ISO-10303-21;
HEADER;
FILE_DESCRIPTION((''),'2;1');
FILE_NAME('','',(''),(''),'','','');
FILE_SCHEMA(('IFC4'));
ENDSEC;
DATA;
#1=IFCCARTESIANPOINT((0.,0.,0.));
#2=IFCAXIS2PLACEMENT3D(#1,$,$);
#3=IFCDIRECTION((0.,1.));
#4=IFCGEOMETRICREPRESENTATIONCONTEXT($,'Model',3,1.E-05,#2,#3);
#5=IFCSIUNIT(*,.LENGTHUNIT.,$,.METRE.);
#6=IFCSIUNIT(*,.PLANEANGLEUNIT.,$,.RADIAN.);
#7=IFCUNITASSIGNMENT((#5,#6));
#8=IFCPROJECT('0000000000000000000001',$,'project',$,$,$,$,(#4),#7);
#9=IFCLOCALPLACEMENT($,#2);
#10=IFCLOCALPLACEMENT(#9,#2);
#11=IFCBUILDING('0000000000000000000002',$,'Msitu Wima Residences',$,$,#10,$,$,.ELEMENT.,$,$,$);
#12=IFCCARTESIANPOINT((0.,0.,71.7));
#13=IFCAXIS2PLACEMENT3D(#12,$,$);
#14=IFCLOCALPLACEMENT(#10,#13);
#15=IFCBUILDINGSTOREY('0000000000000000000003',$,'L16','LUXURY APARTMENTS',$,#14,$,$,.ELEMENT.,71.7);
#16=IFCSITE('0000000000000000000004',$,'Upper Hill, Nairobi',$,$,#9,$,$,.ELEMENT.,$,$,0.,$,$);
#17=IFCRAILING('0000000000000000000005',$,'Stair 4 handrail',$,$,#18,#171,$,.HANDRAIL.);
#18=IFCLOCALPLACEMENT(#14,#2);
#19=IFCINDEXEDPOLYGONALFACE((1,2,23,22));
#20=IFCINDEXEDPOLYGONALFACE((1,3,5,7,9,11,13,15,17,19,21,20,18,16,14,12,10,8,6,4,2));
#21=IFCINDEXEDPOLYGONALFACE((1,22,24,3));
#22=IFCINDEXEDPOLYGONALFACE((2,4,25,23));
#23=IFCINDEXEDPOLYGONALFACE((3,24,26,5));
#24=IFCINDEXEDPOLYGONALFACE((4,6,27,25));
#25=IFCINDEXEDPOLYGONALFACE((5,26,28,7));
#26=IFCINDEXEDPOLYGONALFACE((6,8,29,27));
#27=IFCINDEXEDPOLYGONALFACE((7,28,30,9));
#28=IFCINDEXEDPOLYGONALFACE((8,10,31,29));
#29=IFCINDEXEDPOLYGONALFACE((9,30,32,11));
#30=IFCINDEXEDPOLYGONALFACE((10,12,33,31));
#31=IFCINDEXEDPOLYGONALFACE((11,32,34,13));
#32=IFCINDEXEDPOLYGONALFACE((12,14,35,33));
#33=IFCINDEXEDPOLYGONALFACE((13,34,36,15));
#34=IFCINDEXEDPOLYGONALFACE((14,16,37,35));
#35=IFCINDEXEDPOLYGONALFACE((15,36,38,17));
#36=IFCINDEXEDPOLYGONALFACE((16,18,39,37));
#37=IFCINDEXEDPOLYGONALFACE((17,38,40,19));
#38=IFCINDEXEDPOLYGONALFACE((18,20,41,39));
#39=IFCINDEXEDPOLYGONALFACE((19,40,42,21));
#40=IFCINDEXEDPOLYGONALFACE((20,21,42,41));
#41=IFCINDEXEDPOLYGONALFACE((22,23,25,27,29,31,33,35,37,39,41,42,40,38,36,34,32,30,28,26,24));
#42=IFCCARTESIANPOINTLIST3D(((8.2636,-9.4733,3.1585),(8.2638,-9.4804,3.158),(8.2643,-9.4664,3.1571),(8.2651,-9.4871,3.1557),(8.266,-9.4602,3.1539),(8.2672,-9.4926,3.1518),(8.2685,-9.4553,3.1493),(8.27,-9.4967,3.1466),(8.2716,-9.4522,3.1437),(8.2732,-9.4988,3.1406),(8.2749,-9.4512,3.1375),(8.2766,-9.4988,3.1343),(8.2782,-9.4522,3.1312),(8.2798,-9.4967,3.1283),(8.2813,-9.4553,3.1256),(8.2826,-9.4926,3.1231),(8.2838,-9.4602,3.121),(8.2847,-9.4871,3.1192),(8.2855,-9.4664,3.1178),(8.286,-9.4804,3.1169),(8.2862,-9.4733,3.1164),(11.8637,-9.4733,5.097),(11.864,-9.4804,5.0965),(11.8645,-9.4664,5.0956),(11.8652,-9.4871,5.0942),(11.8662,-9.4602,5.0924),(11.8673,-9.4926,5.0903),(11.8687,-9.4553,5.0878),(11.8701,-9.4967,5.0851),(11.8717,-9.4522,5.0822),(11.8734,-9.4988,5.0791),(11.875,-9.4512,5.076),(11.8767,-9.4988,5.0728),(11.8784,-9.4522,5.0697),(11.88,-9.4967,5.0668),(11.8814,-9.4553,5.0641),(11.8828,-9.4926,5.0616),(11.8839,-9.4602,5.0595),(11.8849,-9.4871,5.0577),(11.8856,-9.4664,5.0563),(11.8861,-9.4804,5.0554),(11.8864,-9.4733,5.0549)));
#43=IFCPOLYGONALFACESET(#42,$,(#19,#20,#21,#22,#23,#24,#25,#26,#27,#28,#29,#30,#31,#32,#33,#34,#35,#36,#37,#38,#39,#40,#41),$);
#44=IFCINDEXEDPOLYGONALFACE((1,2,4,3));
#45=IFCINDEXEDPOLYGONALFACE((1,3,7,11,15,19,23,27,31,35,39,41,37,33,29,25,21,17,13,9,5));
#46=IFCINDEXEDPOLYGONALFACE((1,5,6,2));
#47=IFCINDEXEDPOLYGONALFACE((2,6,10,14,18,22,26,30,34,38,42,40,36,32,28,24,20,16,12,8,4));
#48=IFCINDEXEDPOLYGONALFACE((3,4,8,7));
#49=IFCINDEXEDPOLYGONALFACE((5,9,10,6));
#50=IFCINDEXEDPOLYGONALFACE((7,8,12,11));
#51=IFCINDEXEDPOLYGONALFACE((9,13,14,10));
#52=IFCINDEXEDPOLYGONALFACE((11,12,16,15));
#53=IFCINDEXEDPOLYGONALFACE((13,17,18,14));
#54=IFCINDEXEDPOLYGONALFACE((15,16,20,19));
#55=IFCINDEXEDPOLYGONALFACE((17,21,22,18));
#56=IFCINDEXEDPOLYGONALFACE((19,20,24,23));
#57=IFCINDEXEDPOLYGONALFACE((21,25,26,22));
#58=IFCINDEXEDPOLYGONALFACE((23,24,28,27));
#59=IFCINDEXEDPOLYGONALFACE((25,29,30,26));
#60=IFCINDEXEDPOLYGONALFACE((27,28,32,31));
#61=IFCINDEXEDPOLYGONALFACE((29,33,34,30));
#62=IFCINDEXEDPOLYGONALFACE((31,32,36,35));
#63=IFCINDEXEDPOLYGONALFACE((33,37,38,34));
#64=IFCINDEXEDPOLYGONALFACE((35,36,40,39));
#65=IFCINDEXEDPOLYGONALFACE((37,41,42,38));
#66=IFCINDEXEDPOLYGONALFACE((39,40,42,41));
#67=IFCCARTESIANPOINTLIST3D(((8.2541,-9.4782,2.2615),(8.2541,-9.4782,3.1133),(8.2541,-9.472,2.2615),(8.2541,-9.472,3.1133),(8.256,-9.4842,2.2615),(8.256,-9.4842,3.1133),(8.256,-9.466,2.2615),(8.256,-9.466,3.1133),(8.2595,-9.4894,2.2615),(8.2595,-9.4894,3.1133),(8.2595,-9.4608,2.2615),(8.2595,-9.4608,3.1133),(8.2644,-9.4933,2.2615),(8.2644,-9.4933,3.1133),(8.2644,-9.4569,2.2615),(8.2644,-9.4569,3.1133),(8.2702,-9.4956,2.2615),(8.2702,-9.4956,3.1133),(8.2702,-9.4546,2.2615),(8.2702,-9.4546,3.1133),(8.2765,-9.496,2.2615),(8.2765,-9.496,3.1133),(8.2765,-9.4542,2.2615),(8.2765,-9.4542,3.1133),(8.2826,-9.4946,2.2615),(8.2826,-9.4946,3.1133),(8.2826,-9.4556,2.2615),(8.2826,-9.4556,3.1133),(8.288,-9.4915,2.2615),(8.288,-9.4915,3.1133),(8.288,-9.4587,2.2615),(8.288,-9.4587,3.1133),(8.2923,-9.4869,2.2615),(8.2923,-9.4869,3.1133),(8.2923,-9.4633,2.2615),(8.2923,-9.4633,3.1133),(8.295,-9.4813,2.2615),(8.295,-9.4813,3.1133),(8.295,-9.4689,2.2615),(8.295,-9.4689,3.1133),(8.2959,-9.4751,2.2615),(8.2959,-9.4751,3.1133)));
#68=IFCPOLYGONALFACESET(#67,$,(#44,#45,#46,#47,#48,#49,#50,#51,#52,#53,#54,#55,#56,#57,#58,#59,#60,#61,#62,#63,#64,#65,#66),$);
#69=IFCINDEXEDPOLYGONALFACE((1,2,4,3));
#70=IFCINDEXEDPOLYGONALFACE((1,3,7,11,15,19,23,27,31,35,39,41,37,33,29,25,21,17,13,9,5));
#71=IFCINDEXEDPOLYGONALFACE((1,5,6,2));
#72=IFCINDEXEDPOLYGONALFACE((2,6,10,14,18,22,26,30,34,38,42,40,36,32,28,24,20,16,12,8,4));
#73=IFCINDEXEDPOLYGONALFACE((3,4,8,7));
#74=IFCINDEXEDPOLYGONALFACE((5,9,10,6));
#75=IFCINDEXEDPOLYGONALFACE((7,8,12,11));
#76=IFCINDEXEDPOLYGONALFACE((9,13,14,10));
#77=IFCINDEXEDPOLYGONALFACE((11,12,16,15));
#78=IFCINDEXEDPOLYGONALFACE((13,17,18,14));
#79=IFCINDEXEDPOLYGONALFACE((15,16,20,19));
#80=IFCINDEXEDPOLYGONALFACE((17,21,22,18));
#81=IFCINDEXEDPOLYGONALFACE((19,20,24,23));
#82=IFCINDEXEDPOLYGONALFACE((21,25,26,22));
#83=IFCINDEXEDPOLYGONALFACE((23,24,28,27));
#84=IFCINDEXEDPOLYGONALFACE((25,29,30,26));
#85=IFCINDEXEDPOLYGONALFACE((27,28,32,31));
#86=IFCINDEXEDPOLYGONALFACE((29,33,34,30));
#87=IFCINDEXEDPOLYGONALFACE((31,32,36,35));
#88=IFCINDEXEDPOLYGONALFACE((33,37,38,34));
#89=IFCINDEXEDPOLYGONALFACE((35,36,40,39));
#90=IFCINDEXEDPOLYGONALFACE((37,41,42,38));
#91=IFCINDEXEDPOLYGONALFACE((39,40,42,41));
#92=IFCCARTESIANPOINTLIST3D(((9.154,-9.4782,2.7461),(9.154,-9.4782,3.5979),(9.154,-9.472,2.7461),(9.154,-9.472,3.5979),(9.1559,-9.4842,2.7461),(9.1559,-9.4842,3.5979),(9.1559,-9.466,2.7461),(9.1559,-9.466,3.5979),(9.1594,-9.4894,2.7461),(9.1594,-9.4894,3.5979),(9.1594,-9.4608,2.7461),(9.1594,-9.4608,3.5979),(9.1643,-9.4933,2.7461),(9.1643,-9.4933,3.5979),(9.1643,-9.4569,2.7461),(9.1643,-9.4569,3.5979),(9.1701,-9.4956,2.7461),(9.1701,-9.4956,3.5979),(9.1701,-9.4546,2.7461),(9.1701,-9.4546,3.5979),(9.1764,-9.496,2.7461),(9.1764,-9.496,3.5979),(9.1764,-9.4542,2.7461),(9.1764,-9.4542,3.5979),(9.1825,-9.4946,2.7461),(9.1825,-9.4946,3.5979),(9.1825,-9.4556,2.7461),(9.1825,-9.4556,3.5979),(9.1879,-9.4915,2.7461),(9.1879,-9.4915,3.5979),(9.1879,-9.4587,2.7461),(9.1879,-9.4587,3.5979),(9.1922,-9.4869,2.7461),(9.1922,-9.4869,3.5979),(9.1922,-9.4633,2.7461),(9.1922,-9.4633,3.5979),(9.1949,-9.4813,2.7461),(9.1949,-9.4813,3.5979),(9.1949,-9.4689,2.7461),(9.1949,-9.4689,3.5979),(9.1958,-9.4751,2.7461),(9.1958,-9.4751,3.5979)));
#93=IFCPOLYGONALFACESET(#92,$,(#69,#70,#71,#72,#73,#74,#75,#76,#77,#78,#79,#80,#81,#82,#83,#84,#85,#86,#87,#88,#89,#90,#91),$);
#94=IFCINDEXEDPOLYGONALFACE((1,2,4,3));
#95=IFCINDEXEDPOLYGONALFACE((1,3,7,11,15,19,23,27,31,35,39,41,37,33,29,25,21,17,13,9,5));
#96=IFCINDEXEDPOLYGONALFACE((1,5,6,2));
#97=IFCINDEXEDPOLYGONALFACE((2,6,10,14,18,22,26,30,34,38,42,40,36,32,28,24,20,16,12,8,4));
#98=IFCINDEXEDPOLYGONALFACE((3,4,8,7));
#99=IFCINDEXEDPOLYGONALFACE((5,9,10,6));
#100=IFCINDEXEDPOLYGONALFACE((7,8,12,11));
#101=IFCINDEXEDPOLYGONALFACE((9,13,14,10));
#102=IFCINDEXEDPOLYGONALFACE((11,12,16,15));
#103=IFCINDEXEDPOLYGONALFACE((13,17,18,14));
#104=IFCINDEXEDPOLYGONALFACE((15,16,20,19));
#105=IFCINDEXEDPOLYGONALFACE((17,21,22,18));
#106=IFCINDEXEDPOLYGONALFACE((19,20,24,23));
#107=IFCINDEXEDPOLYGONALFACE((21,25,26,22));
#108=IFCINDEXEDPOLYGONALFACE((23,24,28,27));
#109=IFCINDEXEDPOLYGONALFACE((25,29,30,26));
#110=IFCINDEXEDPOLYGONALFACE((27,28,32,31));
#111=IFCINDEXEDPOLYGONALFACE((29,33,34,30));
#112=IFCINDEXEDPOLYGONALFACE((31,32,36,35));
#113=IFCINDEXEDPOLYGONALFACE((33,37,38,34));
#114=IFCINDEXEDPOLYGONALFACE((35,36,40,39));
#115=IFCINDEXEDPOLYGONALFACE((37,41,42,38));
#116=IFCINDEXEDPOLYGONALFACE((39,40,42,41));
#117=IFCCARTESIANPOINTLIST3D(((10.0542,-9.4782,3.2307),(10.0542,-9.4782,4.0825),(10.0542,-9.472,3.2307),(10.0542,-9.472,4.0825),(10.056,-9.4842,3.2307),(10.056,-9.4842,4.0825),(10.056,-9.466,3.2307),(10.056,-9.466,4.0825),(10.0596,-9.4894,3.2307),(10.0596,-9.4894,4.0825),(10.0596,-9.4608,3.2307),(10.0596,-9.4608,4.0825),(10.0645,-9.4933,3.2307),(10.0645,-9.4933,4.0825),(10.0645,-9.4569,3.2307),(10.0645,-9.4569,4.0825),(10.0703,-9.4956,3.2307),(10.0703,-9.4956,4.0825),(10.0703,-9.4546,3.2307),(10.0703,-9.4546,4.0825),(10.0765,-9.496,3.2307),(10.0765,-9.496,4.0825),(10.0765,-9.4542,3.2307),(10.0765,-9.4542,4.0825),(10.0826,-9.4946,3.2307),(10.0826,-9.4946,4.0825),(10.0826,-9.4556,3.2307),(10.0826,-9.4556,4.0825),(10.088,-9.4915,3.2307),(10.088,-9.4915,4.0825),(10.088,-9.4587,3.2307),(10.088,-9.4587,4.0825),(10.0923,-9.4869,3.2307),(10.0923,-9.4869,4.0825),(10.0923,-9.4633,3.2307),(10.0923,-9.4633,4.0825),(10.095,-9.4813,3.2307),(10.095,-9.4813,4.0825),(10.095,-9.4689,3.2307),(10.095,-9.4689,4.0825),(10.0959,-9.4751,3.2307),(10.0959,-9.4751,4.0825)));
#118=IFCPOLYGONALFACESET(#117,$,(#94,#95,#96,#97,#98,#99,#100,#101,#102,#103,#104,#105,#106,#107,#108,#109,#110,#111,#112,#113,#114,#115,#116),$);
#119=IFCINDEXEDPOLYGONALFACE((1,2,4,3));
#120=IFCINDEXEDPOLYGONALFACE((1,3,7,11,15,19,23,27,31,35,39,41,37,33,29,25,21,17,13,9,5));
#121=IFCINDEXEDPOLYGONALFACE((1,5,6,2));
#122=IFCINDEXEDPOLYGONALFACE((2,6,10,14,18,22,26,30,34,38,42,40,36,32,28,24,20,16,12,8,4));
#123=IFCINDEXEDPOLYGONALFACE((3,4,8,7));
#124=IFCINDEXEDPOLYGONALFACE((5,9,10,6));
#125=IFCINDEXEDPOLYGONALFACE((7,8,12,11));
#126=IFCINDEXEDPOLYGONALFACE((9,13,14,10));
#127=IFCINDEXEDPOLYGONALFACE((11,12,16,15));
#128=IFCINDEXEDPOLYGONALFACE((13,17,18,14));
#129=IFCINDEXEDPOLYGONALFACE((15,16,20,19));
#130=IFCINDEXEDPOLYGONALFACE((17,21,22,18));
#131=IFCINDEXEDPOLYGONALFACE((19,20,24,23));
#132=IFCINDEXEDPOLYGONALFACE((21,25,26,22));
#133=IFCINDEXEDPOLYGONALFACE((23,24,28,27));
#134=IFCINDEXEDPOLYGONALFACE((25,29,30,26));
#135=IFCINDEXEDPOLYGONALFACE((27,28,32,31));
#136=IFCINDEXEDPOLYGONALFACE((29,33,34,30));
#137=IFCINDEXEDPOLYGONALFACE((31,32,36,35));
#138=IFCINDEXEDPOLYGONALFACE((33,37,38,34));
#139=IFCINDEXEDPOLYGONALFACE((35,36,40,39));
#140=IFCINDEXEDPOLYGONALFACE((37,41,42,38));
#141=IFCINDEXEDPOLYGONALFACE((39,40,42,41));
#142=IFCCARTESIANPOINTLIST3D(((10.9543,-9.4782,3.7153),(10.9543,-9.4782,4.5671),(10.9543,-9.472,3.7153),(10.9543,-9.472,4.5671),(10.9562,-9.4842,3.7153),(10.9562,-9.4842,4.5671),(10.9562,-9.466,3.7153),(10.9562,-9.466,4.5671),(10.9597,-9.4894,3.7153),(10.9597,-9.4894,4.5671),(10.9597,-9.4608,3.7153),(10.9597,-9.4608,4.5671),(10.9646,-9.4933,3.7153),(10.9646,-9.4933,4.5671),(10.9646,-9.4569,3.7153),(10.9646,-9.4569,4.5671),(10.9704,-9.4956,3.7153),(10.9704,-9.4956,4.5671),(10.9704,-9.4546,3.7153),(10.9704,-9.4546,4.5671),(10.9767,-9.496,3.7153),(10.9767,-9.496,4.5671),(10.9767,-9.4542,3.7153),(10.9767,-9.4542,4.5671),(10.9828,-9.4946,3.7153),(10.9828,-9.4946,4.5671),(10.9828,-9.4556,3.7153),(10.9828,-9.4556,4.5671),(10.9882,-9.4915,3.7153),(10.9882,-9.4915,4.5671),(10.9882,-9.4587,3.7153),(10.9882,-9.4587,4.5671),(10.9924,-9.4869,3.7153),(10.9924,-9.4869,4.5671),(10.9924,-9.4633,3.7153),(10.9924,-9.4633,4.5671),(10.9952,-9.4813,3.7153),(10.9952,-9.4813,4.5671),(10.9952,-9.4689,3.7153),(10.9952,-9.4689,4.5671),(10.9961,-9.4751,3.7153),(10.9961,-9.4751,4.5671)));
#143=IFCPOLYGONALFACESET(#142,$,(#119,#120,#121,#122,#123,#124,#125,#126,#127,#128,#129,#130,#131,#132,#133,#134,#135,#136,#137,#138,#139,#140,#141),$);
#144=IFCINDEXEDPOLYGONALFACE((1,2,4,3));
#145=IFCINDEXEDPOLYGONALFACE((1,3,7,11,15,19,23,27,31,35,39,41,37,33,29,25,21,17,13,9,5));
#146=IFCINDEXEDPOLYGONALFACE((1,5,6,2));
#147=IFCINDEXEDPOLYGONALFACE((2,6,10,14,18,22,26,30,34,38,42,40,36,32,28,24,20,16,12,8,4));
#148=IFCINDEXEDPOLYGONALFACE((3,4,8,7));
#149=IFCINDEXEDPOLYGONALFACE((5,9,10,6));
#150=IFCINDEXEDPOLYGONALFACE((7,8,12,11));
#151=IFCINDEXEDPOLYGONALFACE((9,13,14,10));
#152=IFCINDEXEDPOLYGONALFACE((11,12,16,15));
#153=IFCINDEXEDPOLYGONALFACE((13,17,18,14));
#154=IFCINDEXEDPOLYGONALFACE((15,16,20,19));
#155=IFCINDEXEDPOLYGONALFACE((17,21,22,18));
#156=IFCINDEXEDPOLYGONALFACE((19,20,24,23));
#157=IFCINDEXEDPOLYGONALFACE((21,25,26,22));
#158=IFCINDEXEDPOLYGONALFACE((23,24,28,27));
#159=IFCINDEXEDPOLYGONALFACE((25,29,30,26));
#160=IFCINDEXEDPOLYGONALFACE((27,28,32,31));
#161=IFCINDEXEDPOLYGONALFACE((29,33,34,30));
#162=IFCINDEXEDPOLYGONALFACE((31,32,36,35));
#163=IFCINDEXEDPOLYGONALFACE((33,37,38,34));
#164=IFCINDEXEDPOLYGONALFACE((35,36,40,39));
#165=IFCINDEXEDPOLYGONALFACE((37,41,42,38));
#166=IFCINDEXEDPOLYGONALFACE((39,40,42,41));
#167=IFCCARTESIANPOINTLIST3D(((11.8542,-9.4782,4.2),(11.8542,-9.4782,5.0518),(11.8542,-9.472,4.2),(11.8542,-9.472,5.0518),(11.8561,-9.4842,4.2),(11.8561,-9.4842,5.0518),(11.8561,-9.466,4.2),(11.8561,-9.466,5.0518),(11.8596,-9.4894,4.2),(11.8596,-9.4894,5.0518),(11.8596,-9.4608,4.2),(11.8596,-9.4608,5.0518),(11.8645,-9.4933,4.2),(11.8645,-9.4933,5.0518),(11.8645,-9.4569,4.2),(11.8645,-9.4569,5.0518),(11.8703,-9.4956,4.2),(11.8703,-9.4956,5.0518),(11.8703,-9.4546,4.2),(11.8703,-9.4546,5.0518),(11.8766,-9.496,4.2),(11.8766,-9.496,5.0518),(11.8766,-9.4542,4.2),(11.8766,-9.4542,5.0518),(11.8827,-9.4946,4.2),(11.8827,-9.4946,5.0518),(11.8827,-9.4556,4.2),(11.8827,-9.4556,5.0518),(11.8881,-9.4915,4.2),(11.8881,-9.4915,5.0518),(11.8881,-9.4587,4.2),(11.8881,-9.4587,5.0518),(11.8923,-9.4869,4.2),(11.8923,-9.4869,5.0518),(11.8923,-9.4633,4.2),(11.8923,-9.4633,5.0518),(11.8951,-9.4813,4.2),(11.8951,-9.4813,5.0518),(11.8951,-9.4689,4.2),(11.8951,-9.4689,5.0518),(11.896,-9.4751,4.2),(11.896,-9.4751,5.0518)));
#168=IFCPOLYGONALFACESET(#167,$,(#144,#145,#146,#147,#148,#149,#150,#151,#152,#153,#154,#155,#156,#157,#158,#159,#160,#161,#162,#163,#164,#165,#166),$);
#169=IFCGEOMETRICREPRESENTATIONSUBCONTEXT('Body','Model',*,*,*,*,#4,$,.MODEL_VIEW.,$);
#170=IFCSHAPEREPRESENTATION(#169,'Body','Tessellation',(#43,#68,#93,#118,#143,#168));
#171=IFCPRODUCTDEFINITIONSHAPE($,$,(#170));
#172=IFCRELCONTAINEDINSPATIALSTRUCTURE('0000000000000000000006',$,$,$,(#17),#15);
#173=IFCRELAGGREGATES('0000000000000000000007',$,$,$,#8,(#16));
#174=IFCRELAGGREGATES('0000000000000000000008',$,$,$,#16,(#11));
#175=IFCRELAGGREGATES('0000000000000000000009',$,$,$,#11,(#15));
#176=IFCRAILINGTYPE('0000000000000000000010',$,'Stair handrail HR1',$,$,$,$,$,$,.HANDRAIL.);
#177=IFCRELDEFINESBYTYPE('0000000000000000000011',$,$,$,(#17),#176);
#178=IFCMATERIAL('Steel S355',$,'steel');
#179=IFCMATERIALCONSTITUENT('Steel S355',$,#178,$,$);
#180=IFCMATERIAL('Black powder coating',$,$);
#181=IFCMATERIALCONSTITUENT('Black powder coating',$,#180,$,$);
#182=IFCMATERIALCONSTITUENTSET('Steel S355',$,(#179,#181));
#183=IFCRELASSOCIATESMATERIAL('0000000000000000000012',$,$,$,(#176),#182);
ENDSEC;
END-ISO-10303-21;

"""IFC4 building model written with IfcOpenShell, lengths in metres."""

from ifc_helpers import new_model, si_unit, direction, frame, origin, origin_2d, place, context, subcontext, project, spatial, circle, extrude, material, constituent, constituent_set, type_object, element, save


model = new_model("IFC4")

# Units and contexts
model_context = context("Model", 3, precision=1e-05, world=origin(), true_north=direction((0.0, 1.0)))
body_context = subcontext(model_context, "Body", "Model", "MODEL_VIEW")
ifc_project = project(units=[si_unit("LENGTHUNIT", "METRE"), si_unit("PLANEANGLEUNIT", "RADIAN")], contexts=[model_context])

# Site, building, storey
site_placement = place(None, origin())
site = spatial("IfcSite", under=ifc_project, at=site_placement, Name="Upper Hill, Nairobi", CompositionType="ELEMENT", RefElevation=0.0)
building_placement = place(site_placement, origin())
building = spatial("IfcBuilding", under=site, at=building_placement, Name="Msitu Wima Residences", CompositionType="ELEMENT")
storey_placement = place(building_placement, frame((0.0, 0.0, 71.7)))
storey = spatial("IfcBuildingStorey", under=building, at=storey_placement, Name="L16", Description="LUXURY APARTMENTS", CompositionType="ELEMENT", Elevation=71.7)

# Railing
ifc_material_1 = material(Name="Steel S355", Category="steel")
ifc_constituent_1 = constituent(ifc_material_1, Name="Steel S355")
ifc_material_2 = material(Name="Black powder coating")
ifc_constituent_2 = constituent(ifc_material_2, Name="Black powder coating")
ifc_constituent_set = constituent_set(constituents=[ifc_constituent_1, ifc_constituent_2], Name="Steel S355")
railing_type = type_object("IfcRailingType", Name="Stair handrail HR1", PredefinedType="HANDRAIL", material=ifc_constituent_set)
for number, where, name in (
    (1, (8.2749, -9.4751, 2.2615), "Stair 4 handrail"),
):
    element("IfcRailing", number, at=place(storey_placement, frame(where)), inside=storey, type_object=railing_type, Name=name, PredefinedType="HANDRAIL", context=body_context, shape_type="SweptSolid", body=[
        extrude(circle(Radius=0.0239, at=origin_2d()), frame((0.0, 0.0, 0.876), z_axis=(0.880475, 0.0, 0.474093), x_axis=(0.0, 1.0, 0.0)), (0.0, 0.0, 1.0), 4.0889),
        extrude(circle(Radius=0.021, at=origin_2d()), origin(), (0.0, 0.0, 1.0), 0.8518),
        extrude(circle(Radius=0.021, at=origin_2d()), frame((0.8999, 0.0, 0.4846)), (0.0, 0.0, 1.0), 0.8518),
        extrude(circle(Radius=0.021, at=origin_2d()), frame((1.8, 0.0, 0.9692)), (0.0, 0.0, 1.0), 0.8518),
        extrude(circle(Radius=0.021, at=origin_2d()), frame((2.7002, 0.0, 1.4539)), (0.0, 0.0, 1.0), 0.8518),
        extrude(circle(Radius=0.021, at=origin_2d()), frame((3.6001, 0.0, 1.9385)), (0.0, 0.0, 1.0), 0.8518),
    ])

save(model, "model.ifc")
